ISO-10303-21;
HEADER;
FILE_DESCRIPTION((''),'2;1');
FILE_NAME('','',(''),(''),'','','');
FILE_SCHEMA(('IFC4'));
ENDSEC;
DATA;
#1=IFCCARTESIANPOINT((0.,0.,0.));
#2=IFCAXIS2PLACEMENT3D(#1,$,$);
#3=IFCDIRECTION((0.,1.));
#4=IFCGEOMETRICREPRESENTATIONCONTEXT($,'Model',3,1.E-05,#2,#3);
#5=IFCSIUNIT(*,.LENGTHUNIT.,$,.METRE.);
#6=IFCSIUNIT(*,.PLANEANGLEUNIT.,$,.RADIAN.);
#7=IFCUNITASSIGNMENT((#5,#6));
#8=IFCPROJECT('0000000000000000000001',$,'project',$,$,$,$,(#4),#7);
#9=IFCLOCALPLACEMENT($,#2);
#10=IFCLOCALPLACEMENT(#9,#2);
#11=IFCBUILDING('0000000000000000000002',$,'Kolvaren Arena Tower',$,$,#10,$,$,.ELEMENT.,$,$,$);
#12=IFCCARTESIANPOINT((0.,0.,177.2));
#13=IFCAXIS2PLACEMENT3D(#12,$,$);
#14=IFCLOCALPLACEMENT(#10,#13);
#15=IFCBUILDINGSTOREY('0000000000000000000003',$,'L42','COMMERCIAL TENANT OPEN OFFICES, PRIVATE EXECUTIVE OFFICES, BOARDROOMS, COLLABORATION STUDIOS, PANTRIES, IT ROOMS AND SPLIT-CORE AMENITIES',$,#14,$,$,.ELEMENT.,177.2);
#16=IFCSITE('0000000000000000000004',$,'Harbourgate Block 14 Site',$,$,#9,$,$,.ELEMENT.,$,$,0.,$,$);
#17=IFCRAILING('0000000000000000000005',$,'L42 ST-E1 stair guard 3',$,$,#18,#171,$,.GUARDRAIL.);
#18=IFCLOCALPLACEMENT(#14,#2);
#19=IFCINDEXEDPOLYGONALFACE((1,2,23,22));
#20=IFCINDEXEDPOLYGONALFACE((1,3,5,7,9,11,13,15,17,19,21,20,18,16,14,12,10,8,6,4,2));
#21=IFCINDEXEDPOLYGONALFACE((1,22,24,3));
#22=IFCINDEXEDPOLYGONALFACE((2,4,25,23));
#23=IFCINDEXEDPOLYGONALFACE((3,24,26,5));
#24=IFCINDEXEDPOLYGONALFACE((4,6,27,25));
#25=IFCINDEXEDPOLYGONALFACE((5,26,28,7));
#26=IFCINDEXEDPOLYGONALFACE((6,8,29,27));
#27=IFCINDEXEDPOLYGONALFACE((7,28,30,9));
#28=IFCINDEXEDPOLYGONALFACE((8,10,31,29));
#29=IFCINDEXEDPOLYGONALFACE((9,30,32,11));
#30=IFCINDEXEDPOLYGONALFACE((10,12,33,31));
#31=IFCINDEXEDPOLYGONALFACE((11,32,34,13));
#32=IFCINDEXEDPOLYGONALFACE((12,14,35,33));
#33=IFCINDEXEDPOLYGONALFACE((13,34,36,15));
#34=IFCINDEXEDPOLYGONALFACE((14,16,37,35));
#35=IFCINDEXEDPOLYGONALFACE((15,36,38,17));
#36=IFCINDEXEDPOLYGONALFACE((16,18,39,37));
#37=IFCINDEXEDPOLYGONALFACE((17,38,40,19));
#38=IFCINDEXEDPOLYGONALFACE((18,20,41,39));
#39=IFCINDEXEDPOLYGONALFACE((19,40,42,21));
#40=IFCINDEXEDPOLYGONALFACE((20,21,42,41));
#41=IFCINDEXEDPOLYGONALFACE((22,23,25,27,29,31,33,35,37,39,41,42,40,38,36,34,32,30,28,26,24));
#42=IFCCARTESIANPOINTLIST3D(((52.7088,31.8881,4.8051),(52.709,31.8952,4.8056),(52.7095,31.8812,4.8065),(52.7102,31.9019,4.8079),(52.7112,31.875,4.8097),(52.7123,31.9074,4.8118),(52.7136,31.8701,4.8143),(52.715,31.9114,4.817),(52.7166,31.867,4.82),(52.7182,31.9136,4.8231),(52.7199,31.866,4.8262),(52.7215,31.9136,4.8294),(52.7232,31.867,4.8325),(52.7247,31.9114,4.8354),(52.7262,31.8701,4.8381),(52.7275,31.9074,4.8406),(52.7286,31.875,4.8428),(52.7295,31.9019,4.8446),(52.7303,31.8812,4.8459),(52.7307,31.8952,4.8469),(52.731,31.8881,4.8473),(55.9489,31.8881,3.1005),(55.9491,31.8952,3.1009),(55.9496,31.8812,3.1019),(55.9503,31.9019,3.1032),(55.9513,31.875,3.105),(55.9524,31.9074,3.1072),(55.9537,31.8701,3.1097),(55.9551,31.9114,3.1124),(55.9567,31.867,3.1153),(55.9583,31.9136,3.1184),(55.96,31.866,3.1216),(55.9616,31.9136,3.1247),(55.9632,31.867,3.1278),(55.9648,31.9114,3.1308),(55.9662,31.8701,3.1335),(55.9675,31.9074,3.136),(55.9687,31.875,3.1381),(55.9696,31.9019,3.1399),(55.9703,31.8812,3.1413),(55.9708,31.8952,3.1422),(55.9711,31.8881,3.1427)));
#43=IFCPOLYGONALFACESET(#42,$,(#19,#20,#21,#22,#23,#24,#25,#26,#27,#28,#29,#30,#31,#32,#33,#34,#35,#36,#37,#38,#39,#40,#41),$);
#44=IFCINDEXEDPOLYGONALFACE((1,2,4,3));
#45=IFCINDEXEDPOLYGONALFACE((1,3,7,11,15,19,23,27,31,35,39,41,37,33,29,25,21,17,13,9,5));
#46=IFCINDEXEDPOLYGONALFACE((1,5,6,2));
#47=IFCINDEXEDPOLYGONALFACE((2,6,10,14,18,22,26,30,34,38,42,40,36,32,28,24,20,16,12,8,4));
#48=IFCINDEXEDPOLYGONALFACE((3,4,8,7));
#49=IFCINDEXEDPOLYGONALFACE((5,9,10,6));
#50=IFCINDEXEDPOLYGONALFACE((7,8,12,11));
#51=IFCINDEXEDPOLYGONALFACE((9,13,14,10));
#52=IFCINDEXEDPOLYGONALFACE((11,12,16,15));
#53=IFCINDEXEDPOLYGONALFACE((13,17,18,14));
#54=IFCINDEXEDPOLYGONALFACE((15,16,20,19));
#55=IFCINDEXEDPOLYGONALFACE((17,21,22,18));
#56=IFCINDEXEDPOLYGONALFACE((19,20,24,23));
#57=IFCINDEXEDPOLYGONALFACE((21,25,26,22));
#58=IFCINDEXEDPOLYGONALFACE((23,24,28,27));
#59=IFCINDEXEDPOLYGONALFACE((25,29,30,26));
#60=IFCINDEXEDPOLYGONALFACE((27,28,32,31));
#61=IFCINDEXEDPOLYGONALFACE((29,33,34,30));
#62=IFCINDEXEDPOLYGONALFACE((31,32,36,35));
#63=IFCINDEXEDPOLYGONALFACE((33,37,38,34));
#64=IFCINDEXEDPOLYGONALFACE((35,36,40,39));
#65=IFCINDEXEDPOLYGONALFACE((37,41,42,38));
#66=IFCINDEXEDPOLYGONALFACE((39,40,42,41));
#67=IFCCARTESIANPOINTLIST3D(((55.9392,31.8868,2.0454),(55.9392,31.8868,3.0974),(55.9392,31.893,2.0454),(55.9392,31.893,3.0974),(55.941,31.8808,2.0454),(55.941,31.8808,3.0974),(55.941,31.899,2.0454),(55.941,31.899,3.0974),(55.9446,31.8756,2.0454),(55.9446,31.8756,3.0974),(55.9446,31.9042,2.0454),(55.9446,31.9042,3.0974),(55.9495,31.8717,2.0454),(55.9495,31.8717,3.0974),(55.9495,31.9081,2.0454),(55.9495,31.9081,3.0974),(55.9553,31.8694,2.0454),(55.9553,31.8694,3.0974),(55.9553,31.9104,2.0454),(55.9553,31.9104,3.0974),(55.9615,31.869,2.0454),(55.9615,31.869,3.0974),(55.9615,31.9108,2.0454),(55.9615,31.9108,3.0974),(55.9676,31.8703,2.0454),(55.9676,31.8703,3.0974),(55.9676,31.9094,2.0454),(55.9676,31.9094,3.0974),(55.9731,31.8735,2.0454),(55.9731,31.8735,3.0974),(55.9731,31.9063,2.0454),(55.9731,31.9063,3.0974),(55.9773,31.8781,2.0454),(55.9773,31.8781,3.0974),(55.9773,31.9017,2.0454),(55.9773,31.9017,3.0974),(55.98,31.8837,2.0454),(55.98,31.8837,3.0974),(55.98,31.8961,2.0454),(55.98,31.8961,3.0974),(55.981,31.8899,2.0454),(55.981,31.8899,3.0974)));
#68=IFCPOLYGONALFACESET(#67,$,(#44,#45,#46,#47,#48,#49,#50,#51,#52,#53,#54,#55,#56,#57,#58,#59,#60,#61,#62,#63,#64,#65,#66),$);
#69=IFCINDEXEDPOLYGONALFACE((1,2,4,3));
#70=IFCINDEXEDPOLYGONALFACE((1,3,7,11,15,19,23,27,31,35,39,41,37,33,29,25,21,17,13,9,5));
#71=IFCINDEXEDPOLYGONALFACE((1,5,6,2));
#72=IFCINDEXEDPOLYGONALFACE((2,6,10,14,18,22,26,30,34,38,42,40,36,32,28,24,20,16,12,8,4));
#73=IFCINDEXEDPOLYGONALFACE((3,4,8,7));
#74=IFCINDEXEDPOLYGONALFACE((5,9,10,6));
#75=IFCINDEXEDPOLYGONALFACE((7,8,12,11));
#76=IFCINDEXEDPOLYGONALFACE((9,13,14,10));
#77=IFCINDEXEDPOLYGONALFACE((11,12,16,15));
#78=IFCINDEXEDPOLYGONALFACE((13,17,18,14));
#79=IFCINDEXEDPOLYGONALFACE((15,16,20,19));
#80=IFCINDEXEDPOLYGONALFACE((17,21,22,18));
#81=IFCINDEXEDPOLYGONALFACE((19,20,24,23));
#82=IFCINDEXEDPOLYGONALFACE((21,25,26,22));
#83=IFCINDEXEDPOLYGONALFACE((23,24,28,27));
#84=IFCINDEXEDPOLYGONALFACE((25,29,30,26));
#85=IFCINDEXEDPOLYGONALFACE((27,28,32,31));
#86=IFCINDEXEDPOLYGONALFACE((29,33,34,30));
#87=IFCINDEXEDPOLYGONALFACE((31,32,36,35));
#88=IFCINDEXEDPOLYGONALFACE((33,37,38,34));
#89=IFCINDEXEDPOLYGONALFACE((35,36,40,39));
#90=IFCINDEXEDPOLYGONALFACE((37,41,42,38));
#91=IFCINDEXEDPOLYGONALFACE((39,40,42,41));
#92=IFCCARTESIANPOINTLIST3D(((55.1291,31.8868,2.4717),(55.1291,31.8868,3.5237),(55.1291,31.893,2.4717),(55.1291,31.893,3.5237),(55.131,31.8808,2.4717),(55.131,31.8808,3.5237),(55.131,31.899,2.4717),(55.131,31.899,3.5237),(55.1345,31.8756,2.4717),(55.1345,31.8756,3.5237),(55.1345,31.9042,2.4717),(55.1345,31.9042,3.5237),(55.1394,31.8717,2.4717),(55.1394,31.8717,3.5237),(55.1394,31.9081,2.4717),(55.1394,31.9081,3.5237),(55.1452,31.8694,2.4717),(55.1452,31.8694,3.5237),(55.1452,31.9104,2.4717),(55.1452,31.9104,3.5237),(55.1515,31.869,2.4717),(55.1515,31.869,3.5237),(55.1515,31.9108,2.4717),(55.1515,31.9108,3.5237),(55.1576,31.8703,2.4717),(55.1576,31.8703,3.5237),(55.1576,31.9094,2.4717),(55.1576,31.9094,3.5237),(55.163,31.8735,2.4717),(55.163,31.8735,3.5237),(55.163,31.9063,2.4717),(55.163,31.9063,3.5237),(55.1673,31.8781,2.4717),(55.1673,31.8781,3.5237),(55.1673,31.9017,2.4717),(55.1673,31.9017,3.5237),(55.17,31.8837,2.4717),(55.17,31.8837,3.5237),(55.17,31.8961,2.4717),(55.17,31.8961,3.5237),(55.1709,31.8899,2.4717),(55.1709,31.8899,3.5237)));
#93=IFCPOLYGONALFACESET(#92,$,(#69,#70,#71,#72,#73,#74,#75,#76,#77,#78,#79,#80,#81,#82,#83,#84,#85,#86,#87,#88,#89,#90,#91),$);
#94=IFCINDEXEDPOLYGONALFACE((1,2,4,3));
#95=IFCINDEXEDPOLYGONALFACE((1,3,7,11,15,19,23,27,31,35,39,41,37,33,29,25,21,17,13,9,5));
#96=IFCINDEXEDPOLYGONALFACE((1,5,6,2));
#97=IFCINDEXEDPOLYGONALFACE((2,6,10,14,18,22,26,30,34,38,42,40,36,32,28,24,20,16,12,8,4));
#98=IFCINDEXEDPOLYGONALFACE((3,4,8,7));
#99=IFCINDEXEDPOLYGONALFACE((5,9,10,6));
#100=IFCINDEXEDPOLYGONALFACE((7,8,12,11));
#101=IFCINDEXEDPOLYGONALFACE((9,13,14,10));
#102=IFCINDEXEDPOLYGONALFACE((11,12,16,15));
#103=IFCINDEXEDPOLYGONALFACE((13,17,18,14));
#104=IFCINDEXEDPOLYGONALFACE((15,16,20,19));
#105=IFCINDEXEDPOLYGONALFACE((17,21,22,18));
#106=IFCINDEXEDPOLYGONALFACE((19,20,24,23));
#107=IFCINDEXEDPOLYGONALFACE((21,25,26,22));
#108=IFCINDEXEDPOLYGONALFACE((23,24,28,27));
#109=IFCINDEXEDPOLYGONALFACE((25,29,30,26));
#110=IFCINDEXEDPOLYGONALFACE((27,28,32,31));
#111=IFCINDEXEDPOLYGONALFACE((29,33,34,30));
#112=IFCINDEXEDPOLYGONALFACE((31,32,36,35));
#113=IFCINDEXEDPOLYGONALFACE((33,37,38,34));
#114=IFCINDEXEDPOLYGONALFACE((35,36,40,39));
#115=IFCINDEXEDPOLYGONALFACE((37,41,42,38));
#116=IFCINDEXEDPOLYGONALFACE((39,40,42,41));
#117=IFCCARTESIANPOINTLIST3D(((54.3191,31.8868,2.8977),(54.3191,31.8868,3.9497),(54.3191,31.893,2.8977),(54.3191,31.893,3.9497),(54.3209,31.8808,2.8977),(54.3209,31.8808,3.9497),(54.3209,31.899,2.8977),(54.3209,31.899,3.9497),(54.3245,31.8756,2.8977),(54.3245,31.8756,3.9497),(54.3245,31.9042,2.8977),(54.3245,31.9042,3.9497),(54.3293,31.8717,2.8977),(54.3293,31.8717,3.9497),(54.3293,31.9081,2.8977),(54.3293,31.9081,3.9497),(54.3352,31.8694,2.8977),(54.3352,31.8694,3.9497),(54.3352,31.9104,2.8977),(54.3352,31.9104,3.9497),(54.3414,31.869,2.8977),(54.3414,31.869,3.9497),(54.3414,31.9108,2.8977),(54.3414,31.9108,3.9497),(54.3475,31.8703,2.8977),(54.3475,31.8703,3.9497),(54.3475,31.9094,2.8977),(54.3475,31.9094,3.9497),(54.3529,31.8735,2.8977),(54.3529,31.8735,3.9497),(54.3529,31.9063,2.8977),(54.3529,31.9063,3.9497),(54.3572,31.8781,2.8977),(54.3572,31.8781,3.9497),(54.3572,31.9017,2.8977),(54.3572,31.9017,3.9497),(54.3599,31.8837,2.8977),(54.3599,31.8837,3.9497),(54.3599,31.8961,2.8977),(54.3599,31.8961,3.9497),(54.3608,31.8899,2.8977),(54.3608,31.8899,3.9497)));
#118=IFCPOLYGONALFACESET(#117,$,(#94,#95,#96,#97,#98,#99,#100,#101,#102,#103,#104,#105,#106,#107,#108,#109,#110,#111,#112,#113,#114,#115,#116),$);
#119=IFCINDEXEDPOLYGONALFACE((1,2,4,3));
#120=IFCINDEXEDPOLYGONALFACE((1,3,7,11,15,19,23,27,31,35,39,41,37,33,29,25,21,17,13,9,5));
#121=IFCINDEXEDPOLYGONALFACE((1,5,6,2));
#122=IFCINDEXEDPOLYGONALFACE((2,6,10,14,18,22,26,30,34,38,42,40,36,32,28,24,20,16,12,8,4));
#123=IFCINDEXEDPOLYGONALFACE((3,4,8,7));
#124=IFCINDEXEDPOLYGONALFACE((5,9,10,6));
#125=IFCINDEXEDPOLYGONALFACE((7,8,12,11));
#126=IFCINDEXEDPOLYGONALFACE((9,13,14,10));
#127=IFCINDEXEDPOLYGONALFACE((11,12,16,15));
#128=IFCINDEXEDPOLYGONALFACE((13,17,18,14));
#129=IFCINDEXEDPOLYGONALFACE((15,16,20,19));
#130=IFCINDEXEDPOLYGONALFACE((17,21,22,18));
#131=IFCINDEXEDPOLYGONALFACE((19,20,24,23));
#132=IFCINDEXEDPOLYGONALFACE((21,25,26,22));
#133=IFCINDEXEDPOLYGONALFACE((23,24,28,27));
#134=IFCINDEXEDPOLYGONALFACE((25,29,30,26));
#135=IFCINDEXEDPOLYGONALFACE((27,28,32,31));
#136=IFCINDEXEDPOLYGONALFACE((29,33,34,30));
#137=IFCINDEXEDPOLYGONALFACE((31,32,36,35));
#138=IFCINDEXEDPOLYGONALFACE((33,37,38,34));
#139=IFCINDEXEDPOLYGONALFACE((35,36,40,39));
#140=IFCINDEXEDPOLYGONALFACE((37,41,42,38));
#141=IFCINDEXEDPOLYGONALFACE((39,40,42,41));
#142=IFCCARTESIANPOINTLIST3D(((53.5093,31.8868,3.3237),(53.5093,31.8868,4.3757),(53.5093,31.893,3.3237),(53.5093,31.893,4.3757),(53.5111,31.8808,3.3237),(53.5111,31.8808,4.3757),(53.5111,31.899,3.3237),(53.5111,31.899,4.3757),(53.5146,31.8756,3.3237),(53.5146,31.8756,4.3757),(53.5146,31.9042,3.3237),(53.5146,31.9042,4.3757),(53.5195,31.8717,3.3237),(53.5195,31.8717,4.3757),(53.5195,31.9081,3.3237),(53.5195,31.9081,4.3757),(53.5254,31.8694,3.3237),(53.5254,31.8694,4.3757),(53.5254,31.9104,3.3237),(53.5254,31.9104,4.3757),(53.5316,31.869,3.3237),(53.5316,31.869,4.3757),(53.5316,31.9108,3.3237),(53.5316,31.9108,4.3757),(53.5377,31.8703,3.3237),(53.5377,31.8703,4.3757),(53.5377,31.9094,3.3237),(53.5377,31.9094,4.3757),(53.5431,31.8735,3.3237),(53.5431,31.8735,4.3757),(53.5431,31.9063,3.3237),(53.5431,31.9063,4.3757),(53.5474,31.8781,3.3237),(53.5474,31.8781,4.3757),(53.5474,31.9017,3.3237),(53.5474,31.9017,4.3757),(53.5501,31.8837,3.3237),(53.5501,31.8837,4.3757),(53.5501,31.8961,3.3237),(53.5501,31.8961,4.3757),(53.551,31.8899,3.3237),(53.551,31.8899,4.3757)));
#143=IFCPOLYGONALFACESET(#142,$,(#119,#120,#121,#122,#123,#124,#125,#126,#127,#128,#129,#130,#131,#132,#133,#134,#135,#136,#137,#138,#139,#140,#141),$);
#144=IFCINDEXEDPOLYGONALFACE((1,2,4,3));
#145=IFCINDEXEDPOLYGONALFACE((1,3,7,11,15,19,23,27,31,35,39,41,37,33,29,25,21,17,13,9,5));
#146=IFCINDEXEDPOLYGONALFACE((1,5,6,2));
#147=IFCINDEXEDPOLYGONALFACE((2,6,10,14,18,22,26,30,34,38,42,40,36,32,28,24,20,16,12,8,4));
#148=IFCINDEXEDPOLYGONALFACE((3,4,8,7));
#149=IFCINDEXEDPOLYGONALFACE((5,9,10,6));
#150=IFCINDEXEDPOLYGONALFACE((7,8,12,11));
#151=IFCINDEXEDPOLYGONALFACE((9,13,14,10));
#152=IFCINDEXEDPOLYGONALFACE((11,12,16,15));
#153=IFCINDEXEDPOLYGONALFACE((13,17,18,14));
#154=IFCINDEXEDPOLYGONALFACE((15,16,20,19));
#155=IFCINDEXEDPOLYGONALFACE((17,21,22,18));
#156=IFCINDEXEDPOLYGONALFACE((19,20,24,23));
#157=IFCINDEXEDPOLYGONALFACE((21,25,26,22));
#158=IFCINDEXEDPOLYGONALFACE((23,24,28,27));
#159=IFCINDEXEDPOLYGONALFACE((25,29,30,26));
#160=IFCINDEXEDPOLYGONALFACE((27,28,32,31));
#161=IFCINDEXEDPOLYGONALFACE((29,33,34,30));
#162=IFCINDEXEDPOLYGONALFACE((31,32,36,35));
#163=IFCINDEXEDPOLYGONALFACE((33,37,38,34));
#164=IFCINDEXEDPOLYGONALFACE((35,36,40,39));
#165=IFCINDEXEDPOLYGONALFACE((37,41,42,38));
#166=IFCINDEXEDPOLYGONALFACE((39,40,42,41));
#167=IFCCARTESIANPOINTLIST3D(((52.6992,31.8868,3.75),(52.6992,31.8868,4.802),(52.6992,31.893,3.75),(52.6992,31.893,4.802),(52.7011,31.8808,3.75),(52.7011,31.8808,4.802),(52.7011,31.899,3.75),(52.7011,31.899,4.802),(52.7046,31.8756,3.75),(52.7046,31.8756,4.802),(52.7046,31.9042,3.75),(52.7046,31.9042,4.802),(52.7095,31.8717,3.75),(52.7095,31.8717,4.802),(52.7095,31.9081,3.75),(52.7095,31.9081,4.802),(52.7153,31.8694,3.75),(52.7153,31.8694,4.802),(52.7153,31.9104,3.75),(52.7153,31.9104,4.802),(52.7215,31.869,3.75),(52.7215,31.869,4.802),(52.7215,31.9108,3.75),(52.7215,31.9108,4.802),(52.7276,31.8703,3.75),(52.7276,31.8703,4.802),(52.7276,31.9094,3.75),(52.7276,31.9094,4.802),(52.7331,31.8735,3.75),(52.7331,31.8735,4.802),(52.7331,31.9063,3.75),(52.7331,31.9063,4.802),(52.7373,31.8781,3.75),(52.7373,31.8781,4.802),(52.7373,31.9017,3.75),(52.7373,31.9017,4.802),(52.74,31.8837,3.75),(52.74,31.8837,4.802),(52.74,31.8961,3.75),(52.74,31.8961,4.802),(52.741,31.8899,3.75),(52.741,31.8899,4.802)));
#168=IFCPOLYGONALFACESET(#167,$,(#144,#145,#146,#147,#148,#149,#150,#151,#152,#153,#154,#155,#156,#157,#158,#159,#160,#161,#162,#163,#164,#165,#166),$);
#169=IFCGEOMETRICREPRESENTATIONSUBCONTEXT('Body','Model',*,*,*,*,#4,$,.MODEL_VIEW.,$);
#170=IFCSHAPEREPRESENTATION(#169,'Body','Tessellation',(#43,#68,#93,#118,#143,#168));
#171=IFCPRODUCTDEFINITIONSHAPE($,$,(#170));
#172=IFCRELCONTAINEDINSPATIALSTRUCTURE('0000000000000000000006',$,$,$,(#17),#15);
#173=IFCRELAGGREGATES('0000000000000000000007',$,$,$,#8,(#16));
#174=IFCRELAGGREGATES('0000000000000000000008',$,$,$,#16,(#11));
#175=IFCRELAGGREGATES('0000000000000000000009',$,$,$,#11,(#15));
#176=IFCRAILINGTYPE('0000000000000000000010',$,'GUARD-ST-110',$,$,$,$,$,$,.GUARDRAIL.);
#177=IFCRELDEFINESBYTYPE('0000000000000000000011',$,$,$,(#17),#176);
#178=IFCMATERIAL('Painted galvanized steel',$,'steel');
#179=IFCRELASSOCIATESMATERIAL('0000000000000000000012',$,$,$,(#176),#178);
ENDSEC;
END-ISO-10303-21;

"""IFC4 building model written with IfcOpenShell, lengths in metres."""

from ifc_helpers import new_model, si_unit, direction, frame, origin, origin_2d, place, context, subcontext, project, spatial, circle, extrude, material, type_object, element, save


model = new_model("IFC4")

# Units and contexts
model_context = context("Model", 3, precision=1e-05, world=origin(), true_north=direction((0.0, 1.0)))
body_context = subcontext(model_context, "Body", "Model", "MODEL_VIEW")
ifc_project = project(units=[si_unit("LENGTHUNIT", "METRE"), si_unit("PLANEANGLEUNIT", "RADIAN")], contexts=[model_context])

# Site, building, storey
site_placement = place(None, origin())
site = spatial("IfcSite", under=ifc_project, at=site_placement, Name="Harbourgate Block 14 Site", CompositionType="ELEMENT", RefElevation=0.0)
building_placement = place(site_placement, origin())
building = spatial("IfcBuilding", under=site, at=building_placement, Name="Kolvaren Arena Tower", CompositionType="ELEMENT")
storey_placement = place(building_placement, frame((0.0, 0.0, 177.2)))
storey = spatial("IfcBuildingStorey", under=building, at=storey_placement, Name="L42", Description="COMMERCIAL TENANT OPEN OFFICES, PRIVATE EXECUTIVE OFFICES, BOARDROOMS, COLLABORATION STUDIOS, PANTRIES, IT ROOMS AND SPLIT-CORE AMENITIES", CompositionType="ELEMENT", Elevation=177.2)

# Railing
ifc_material_1 = material(Name="Painted galvanized steel", Category="steel")
railing_type_1 = type_object("IfcRailingType", Name="GUARD-ST-110", PredefinedType="GUARDRAIL", material=ifc_material_1)
railing_1_placement = place(storey_placement, frame((55.96, 31.8899, 2.0454)))
element("IfcRailing", 1, at=railing_1_placement, inside=storey, type_object=railing_type_1, Name="L42 ST-E1 stair guard 3", PredefinedType="GUARDRAIL", context=body_context, shape_type="SweptSolid", body=[
    extrude(circle(Radius=0.0239, at=origin_2d()), frame((0.0, 0.0, 1.0762), z_axis=(-0.884993, 0.0, 0.465604), x_axis=(0.0, -1.0, 0.0)), (0.0, 0.0, 1.0), 3.6611),
    extrude(circle(Radius=0.021, at=origin_2d()), origin(), (0.0, 0.0, 1.0), 1.052),
    extrude(circle(Radius=0.021, at=origin_2d()), frame((-0.8101, 0.0, 0.4263)), (0.0, 0.0, 1.0), 1.052),
    extrude(circle(Radius=0.021, at=origin_2d()), frame((-1.6201, 0.0, 0.8523)), (0.0, 0.0, 1.0), 1.052),
    extrude(circle(Radius=0.021, at=origin_2d()), frame((-2.4299, 0.0, 1.2783)), (0.0, 0.0, 1.0), 1.052),
    extrude(circle(Radius=0.021, at=origin_2d()), frame((-3.24, 0.0, 1.7046)), (0.0, 0.0, 1.0), 1.052),
])

save(model, "model.ifc")
